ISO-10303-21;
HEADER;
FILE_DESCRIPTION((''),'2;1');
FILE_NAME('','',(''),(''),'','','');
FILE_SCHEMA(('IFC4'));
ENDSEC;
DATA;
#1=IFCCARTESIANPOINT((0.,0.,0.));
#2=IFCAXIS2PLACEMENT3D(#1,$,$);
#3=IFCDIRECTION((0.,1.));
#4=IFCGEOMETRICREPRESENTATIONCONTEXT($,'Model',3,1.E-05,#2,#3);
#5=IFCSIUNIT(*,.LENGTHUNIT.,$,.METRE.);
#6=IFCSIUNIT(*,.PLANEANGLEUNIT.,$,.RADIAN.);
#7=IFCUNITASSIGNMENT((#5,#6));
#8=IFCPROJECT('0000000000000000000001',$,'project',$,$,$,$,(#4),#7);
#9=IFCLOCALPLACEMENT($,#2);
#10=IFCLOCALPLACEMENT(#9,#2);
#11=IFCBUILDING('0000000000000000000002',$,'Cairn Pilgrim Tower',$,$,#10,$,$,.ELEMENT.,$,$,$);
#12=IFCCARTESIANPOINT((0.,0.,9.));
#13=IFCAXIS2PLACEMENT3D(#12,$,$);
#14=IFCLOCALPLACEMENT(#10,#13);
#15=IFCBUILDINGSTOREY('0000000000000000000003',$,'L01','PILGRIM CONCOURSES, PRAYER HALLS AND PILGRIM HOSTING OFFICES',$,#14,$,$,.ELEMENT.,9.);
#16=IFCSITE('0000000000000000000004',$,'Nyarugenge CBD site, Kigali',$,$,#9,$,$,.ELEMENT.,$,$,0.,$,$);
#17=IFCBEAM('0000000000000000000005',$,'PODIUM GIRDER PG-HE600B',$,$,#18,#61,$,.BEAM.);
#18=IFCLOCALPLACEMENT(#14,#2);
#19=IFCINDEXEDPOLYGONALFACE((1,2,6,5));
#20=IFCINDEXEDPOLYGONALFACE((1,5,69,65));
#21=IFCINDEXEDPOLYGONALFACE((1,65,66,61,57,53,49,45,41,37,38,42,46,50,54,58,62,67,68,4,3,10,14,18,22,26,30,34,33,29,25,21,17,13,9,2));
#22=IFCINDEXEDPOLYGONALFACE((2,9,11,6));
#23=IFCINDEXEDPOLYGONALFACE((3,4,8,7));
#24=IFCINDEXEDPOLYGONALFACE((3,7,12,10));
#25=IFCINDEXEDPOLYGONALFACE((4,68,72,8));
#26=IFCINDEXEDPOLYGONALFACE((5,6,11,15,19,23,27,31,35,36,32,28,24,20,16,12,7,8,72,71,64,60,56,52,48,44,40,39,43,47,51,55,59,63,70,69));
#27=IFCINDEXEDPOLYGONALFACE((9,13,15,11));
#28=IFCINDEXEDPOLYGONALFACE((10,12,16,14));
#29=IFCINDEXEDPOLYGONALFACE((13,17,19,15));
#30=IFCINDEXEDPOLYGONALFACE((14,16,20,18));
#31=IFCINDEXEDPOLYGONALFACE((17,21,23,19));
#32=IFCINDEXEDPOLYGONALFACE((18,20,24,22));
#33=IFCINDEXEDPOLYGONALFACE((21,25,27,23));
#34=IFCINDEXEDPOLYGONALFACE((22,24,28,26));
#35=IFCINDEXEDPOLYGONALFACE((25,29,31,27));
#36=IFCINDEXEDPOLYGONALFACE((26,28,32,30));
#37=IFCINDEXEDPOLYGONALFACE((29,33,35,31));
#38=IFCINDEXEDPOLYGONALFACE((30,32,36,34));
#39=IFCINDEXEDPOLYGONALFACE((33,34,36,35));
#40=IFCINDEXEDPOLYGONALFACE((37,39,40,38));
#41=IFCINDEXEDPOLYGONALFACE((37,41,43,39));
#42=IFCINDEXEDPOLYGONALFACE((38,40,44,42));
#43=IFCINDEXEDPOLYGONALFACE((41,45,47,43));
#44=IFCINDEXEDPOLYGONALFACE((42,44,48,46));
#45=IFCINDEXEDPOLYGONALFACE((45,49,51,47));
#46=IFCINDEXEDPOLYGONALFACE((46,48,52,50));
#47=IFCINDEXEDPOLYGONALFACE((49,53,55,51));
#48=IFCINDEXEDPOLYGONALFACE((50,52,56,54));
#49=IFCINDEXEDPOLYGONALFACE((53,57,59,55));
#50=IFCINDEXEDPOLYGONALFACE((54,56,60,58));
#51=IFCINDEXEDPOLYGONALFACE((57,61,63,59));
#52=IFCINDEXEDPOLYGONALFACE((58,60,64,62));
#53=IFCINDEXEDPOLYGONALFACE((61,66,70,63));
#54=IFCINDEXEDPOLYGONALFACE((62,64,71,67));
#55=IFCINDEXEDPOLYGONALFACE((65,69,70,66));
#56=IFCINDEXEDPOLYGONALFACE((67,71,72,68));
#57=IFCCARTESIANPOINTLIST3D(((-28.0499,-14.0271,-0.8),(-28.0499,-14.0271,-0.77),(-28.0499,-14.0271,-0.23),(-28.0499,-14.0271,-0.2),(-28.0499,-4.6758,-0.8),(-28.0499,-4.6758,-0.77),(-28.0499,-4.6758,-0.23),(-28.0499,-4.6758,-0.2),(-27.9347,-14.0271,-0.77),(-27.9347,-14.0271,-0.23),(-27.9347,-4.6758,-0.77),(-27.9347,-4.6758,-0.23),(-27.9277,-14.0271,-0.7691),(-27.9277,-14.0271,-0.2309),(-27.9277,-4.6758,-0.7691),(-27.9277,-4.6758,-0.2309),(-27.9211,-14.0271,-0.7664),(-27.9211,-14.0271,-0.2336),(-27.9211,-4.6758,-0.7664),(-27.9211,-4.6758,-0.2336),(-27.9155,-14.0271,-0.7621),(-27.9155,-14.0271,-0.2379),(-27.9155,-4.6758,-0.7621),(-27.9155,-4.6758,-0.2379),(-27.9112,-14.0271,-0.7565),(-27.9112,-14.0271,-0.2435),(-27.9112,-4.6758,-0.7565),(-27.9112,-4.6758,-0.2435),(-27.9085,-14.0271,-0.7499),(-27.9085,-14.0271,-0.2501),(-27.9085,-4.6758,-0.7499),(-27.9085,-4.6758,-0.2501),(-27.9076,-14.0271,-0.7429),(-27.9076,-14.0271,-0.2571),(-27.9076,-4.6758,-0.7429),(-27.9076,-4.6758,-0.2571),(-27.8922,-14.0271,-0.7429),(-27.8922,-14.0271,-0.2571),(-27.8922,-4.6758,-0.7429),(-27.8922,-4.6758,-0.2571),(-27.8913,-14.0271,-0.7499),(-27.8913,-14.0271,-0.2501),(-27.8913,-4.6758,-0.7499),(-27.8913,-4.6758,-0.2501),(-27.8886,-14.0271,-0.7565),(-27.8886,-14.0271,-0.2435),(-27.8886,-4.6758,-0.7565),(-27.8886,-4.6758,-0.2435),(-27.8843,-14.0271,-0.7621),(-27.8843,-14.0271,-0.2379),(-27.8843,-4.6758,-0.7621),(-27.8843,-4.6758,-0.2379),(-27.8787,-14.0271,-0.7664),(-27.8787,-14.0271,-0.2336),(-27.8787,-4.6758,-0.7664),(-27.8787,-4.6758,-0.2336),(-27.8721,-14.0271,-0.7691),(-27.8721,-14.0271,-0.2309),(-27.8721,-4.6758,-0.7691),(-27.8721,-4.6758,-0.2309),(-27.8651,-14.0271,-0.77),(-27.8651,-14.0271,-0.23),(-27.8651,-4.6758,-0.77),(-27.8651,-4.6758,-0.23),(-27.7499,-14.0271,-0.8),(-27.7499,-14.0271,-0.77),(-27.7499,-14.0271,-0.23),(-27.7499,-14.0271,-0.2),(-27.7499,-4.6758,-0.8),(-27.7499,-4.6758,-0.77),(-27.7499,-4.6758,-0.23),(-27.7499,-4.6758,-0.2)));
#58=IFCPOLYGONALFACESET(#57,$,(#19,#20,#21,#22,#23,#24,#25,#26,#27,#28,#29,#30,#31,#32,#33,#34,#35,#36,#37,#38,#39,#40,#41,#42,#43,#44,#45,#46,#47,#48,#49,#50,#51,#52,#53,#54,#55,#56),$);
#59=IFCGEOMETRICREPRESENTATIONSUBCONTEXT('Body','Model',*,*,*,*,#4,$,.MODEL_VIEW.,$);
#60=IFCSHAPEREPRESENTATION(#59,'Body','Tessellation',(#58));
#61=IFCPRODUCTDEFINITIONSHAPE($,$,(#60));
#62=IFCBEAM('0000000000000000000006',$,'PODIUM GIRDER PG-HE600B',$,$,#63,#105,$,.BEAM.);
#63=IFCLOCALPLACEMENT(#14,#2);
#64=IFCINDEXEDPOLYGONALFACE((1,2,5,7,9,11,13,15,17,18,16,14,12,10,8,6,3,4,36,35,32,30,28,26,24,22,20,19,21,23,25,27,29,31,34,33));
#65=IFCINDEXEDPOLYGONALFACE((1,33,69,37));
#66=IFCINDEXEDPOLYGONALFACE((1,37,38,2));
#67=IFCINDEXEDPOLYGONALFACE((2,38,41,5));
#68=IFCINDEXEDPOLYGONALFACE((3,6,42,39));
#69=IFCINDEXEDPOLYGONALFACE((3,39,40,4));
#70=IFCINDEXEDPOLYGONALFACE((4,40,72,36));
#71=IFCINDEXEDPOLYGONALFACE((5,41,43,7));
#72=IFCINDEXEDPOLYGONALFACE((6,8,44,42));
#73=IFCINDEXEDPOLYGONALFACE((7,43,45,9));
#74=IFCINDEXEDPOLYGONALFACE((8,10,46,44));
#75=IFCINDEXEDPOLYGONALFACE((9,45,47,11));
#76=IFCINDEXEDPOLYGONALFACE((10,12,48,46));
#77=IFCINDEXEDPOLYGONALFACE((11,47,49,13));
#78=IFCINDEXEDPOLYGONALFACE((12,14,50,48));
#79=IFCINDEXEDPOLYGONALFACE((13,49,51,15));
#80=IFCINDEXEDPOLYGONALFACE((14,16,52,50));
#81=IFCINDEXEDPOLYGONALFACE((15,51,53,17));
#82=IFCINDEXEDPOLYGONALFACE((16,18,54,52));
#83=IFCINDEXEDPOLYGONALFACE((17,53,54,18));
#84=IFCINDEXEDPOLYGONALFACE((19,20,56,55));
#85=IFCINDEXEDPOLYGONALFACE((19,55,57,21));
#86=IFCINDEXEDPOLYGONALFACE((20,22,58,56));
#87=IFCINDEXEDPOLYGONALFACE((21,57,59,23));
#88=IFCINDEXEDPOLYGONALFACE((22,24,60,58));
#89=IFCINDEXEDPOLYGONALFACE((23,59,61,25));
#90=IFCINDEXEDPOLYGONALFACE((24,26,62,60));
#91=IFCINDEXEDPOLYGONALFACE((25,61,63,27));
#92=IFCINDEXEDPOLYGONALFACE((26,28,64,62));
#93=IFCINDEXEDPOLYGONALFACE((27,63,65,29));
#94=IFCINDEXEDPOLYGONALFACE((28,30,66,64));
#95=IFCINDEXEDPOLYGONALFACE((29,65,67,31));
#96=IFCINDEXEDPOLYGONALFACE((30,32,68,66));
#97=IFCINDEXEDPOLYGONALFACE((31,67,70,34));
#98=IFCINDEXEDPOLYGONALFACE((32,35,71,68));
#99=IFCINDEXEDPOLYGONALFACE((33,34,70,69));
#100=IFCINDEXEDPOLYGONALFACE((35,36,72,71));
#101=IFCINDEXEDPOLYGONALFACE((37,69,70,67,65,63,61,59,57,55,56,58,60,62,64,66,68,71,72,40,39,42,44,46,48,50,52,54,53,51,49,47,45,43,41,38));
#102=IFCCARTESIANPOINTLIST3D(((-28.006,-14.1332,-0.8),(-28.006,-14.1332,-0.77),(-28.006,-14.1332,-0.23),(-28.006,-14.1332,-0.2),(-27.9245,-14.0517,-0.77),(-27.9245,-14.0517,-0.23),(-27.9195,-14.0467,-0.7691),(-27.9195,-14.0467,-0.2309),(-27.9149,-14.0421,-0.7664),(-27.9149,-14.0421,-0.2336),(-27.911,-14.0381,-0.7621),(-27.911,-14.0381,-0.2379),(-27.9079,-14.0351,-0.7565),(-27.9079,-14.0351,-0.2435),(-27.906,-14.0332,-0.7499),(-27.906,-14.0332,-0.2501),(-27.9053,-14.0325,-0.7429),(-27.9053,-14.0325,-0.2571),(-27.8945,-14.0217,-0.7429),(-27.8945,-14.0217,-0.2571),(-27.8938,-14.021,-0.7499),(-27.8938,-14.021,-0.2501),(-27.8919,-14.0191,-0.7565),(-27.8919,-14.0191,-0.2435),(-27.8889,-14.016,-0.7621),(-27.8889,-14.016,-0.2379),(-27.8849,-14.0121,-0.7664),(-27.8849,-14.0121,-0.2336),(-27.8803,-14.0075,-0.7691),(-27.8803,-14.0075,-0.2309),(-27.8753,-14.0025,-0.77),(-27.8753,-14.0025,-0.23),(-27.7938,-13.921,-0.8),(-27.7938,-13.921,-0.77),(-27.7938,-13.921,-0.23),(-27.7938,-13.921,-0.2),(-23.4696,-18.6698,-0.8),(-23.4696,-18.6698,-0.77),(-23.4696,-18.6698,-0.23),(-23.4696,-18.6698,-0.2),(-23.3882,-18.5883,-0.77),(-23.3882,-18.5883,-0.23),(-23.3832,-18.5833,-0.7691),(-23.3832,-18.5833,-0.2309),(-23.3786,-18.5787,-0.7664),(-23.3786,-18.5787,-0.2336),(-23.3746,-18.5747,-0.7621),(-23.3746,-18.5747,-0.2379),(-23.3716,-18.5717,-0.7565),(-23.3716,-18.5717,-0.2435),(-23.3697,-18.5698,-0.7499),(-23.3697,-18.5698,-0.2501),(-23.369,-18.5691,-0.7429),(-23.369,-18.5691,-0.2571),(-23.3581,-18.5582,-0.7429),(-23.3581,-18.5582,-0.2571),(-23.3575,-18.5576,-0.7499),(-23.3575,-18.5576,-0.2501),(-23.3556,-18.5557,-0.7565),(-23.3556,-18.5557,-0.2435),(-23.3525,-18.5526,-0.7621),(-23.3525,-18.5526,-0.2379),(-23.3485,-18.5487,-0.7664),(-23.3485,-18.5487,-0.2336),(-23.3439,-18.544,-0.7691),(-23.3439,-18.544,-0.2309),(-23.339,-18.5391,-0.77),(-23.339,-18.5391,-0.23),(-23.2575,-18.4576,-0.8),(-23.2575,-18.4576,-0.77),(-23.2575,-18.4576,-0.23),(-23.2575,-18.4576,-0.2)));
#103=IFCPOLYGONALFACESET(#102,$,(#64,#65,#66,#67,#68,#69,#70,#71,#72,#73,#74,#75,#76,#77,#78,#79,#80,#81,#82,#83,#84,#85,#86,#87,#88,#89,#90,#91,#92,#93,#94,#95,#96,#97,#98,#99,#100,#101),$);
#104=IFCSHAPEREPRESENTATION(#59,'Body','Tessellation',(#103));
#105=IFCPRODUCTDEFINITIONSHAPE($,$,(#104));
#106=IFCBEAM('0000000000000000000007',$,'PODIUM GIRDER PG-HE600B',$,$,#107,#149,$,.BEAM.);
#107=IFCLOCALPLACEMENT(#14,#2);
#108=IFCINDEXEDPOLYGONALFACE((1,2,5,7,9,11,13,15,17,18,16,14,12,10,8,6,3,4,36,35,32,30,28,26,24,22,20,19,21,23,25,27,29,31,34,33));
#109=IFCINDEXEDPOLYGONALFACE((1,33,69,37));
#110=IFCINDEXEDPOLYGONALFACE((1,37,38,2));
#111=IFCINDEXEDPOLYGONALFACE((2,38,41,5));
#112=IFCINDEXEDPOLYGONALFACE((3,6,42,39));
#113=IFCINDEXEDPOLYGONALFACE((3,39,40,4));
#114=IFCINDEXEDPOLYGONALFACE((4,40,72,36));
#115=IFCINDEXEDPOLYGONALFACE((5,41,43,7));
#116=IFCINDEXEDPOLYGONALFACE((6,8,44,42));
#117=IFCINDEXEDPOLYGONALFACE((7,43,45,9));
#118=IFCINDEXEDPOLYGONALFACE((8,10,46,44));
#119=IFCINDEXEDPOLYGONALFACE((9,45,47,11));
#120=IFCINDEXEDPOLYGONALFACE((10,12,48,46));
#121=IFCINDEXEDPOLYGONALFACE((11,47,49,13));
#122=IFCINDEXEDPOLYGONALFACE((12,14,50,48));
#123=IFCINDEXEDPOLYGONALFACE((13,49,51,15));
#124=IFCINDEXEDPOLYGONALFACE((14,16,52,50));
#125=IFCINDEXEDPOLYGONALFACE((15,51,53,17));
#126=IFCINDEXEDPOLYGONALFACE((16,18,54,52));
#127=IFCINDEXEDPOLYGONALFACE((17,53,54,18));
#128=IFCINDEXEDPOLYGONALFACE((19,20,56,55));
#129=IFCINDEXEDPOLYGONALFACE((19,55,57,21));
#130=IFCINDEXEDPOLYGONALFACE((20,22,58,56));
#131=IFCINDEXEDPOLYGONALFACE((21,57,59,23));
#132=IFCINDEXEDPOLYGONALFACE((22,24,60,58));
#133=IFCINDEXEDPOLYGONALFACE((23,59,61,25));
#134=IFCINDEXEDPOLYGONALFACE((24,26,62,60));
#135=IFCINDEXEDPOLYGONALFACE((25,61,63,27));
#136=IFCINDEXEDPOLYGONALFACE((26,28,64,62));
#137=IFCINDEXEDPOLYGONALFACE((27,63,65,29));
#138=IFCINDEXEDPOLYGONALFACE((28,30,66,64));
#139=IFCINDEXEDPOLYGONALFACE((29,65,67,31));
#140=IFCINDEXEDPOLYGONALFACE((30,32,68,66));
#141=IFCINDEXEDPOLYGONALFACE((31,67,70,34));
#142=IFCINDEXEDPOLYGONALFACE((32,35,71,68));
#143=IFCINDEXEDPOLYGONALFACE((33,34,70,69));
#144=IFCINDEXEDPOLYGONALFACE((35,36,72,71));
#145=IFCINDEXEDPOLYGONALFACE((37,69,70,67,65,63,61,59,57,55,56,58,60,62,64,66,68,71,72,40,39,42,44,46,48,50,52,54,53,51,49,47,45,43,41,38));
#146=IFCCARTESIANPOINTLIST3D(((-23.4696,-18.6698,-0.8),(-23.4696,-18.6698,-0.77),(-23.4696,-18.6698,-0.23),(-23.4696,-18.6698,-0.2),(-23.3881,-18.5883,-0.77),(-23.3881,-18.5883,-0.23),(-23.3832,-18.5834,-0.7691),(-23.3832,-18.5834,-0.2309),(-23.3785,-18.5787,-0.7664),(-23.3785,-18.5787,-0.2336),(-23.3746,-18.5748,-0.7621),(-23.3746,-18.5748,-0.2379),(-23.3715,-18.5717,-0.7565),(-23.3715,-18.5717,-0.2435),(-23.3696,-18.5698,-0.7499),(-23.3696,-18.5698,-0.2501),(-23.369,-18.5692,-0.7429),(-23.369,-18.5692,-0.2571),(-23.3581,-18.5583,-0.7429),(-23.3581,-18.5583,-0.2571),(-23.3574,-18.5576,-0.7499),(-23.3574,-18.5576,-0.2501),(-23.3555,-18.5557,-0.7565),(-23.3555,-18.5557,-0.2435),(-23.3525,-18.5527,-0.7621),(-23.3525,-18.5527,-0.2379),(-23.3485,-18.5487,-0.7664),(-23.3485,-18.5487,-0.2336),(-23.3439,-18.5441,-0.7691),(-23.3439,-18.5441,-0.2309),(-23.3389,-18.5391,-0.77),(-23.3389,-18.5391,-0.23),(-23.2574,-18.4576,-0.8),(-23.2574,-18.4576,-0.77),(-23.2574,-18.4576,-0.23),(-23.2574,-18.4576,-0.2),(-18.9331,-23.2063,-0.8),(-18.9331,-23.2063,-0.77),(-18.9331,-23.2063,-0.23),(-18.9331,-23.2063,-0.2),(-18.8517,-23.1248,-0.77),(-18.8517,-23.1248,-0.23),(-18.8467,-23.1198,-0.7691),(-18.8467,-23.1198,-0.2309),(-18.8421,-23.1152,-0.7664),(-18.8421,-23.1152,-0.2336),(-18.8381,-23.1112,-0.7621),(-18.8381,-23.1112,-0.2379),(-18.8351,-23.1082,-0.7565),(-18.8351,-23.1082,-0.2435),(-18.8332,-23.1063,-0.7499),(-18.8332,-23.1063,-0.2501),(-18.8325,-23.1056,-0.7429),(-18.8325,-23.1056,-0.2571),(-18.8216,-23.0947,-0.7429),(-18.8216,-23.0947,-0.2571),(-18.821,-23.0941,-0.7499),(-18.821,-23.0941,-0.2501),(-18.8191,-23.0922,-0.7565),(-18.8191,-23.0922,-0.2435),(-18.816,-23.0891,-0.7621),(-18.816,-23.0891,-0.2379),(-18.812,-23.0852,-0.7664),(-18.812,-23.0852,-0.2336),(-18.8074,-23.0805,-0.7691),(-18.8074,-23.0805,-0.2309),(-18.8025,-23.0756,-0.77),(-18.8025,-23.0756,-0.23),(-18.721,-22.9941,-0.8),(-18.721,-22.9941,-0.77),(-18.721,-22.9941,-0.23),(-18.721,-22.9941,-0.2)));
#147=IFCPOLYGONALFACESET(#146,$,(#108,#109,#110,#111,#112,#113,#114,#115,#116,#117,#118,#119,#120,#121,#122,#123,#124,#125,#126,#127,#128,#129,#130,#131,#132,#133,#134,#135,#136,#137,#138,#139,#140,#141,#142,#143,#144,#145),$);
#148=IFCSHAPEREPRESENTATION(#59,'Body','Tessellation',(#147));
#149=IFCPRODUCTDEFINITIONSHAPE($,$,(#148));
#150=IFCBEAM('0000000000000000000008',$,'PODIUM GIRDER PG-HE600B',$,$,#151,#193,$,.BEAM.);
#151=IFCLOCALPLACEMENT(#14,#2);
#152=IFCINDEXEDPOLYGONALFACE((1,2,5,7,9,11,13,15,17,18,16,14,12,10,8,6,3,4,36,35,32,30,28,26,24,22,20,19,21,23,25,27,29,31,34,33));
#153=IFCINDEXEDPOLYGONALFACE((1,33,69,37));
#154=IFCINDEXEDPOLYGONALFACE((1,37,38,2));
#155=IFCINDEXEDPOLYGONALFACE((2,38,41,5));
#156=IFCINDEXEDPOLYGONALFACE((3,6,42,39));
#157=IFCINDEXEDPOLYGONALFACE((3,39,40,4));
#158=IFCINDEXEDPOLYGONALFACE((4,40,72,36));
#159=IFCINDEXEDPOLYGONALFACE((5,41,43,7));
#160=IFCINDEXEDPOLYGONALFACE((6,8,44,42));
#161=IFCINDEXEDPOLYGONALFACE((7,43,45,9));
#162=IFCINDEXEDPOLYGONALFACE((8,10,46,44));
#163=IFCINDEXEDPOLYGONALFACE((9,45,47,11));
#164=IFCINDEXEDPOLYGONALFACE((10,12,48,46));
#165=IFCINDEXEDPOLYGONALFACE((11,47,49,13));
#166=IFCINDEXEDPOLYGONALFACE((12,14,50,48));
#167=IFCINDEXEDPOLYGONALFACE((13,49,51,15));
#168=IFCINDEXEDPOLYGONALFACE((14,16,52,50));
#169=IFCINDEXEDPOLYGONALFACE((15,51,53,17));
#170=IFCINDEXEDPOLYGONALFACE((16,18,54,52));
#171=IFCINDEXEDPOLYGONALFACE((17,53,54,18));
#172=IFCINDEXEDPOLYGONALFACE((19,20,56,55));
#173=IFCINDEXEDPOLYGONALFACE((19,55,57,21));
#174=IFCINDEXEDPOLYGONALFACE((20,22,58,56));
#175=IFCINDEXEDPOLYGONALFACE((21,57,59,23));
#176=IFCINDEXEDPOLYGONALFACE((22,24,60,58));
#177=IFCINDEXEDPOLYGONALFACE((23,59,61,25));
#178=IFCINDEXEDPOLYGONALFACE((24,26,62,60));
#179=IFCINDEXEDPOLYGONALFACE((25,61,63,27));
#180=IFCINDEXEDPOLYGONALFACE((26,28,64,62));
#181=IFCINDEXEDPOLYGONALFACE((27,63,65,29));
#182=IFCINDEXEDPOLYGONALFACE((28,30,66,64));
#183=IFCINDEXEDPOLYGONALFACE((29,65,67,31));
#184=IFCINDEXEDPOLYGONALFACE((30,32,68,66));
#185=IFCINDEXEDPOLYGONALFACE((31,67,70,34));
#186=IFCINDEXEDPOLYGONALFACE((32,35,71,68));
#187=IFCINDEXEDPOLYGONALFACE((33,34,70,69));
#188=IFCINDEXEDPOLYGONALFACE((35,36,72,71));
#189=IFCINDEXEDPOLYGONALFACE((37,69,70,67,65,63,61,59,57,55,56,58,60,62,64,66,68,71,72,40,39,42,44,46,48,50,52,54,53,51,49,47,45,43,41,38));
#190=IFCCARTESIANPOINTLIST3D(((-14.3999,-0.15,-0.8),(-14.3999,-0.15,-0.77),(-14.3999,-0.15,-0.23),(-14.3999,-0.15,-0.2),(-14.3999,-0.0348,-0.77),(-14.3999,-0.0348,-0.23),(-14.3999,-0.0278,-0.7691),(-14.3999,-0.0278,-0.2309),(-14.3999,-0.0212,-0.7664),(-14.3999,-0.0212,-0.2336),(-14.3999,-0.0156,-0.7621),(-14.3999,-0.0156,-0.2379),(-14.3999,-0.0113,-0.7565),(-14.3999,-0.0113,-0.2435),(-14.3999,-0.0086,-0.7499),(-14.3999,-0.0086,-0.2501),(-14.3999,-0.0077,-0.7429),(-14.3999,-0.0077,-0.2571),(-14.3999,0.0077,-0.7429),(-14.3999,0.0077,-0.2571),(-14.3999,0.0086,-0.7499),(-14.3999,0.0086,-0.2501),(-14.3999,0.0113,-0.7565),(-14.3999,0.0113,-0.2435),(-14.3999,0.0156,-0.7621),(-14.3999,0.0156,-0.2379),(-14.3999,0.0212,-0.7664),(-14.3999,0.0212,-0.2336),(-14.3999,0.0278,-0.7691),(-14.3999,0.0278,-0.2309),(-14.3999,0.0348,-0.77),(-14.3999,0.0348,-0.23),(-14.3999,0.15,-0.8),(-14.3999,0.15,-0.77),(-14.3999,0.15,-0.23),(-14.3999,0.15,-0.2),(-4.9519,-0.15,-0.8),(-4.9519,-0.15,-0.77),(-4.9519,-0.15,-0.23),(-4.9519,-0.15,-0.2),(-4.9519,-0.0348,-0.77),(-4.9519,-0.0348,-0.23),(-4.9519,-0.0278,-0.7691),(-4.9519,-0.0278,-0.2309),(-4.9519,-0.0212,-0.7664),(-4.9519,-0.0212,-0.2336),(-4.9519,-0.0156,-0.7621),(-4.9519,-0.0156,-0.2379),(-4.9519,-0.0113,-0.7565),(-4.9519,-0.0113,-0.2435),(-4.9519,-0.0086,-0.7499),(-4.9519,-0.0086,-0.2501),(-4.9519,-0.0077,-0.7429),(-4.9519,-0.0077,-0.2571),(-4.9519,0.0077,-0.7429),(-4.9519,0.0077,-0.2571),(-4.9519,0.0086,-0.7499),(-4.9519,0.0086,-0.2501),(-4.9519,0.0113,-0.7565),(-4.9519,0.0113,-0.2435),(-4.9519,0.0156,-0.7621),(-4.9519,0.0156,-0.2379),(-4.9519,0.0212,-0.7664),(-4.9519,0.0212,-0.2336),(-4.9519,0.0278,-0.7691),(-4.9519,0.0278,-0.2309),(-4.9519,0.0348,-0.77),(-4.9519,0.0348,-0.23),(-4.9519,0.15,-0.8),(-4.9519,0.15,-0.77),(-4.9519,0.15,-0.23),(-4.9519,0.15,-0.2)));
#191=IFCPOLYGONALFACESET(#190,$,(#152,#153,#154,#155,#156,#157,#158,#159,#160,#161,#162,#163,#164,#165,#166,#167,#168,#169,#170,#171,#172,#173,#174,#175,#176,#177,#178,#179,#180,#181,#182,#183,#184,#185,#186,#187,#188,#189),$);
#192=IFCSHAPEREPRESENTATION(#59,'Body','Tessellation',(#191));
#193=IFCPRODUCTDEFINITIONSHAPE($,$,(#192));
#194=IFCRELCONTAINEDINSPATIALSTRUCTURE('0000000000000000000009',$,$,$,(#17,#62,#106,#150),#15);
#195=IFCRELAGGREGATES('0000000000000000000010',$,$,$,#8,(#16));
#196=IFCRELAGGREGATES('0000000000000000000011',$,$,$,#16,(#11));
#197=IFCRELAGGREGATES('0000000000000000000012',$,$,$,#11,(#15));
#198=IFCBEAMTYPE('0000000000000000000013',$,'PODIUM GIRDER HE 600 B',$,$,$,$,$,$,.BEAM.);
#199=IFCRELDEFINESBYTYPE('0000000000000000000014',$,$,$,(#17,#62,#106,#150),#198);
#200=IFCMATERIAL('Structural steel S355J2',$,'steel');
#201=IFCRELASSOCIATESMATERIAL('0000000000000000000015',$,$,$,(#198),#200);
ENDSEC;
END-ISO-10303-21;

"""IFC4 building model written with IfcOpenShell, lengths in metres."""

from ifc_helpers import new_model, si_unit, direction, frame, origin, origin_2d, place, context, subcontext, project, spatial, i_section, extrude, material, material_profile, profile_set, type_object, element, save


model = new_model("IFC4")

# Units and contexts
model_context = context("Model", 3, precision=1e-05, world=origin(), true_north=direction((0.0, 1.0)))
body_context = subcontext(model_context, "Body", "Model", "MODEL_VIEW")
ifc_project = project(units=[si_unit("LENGTHUNIT", "METRE"), si_unit("PLANEANGLEUNIT", "RADIAN")], contexts=[model_context])

# Site, building, storey
site_placement = place(None, origin())
site = spatial("IfcSite", under=ifc_project, at=site_placement, Name="Nyarugenge CBD site, Kigali", CompositionType="ELEMENT", RefElevation=0.0)
building_placement = place(site_placement, origin())
building = spatial("IfcBuilding", under=site, at=building_placement, Name="Cairn Pilgrim Tower", CompositionType="ELEMENT")
storey_placement = place(building_placement, frame((0.0, 0.0, 9.0)))
storey = spatial("IfcBuildingStorey", under=building, at=storey_placement, Name="L01", Description="PILGRIM CONCOURSES, PRAYER HALLS AND PILGRIM HOSTING OFFICES", CompositionType="ELEMENT", Elevation=9.0)

# Beams
ifc_material_1 = material(Name="Structural steel S355J2", Category="steel")
ifc_material_profile_1 = material_profile(ifc_material_1, i_section(OverallWidth=0.3, OverallDepth=0.6001, WebThickness=0.0154, FlangeThickness=0.03, FilletRadius=0.0271, at=origin_2d()), Name="HEB 600")
ifc_profile_set_1 = profile_set([ifc_material_profile_1], Name="Structural steel S355J2")
beam_type_1 = type_object("IfcBeamType", Name="PODIUM GIRDER HE 600 B", PredefinedType="BEAM", material=ifc_profile_set_1)
beam_1_placement = place(storey_placement, frame((-27.8999, -4.6758, -0.5), z_axis=(0.0, -1.0, 0.0), x_axis=(1.0, 0.0, 0.0)))
element("IfcBeam", 1, at=beam_1_placement, inside=storey, type_object=beam_type_1, Name="PODIUM GIRDER PG-HE600B", PredefinedType="BEAM", context=body_context, shape_type="SweptSolid", body=[
    extrude(i_section(OverallWidth=0.3, OverallDepth=0.6001, WebThickness=0.0154, FlangeThickness=0.03, FilletRadius=0.0271, at=origin_2d()), origin(), (0.0, 0.0, 1.0), 9.3513),
])
for number, where, z_axis, x_axis, name in (
    (2, (-27.8999, -14.0271, -0.5), (0.707088, -0.707126, 0.0), (0.707126, 0.707088, 0.0), "PODIUM GIRDER PG-HE600B"),
    (3, (-23.3635, -18.5637, -0.5), (0.707107, -0.707107, 0.0), (0.707107, 0.707107, 0.0), "PODIUM GIRDER PG-HE600B"),
):
    element("IfcBeam", number, at=place(storey_placement, frame(where, z_axis=z_axis, x_axis=x_axis)), inside=storey, type_object=beam_type_1, Name=name, PredefinedType="BEAM", context=body_context, shape_type="SweptSolid", body=[
        extrude(i_section(OverallWidth=0.3, OverallDepth=0.6001, WebThickness=0.0154, FlangeThickness=0.03, FilletRadius=0.0271, at=origin_2d()), origin(), (0.0, 0.0, 1.0), 6.4155),
    ])
beam_2_placement = place(storey_placement, frame((-14.3999, 0.0, -0.5), z_axis=(1.0, 0.0, 0.0), x_axis=(0.0, 1.0, 0.0)))
element("IfcBeam", 4, at=beam_2_placement, inside=storey, type_object=beam_type_1, Name="PODIUM GIRDER PG-HE600B", PredefinedType="BEAM", context=body_context, shape_type="SweptSolid", body=[
    extrude(i_section(OverallWidth=0.3, OverallDepth=0.6001, WebThickness=0.0154, FlangeThickness=0.03, FilletRadius=0.0271, at=origin_2d()), origin(), (0.0, 0.0, 1.0), 9.448),
])

save(model, "model.ifc")
